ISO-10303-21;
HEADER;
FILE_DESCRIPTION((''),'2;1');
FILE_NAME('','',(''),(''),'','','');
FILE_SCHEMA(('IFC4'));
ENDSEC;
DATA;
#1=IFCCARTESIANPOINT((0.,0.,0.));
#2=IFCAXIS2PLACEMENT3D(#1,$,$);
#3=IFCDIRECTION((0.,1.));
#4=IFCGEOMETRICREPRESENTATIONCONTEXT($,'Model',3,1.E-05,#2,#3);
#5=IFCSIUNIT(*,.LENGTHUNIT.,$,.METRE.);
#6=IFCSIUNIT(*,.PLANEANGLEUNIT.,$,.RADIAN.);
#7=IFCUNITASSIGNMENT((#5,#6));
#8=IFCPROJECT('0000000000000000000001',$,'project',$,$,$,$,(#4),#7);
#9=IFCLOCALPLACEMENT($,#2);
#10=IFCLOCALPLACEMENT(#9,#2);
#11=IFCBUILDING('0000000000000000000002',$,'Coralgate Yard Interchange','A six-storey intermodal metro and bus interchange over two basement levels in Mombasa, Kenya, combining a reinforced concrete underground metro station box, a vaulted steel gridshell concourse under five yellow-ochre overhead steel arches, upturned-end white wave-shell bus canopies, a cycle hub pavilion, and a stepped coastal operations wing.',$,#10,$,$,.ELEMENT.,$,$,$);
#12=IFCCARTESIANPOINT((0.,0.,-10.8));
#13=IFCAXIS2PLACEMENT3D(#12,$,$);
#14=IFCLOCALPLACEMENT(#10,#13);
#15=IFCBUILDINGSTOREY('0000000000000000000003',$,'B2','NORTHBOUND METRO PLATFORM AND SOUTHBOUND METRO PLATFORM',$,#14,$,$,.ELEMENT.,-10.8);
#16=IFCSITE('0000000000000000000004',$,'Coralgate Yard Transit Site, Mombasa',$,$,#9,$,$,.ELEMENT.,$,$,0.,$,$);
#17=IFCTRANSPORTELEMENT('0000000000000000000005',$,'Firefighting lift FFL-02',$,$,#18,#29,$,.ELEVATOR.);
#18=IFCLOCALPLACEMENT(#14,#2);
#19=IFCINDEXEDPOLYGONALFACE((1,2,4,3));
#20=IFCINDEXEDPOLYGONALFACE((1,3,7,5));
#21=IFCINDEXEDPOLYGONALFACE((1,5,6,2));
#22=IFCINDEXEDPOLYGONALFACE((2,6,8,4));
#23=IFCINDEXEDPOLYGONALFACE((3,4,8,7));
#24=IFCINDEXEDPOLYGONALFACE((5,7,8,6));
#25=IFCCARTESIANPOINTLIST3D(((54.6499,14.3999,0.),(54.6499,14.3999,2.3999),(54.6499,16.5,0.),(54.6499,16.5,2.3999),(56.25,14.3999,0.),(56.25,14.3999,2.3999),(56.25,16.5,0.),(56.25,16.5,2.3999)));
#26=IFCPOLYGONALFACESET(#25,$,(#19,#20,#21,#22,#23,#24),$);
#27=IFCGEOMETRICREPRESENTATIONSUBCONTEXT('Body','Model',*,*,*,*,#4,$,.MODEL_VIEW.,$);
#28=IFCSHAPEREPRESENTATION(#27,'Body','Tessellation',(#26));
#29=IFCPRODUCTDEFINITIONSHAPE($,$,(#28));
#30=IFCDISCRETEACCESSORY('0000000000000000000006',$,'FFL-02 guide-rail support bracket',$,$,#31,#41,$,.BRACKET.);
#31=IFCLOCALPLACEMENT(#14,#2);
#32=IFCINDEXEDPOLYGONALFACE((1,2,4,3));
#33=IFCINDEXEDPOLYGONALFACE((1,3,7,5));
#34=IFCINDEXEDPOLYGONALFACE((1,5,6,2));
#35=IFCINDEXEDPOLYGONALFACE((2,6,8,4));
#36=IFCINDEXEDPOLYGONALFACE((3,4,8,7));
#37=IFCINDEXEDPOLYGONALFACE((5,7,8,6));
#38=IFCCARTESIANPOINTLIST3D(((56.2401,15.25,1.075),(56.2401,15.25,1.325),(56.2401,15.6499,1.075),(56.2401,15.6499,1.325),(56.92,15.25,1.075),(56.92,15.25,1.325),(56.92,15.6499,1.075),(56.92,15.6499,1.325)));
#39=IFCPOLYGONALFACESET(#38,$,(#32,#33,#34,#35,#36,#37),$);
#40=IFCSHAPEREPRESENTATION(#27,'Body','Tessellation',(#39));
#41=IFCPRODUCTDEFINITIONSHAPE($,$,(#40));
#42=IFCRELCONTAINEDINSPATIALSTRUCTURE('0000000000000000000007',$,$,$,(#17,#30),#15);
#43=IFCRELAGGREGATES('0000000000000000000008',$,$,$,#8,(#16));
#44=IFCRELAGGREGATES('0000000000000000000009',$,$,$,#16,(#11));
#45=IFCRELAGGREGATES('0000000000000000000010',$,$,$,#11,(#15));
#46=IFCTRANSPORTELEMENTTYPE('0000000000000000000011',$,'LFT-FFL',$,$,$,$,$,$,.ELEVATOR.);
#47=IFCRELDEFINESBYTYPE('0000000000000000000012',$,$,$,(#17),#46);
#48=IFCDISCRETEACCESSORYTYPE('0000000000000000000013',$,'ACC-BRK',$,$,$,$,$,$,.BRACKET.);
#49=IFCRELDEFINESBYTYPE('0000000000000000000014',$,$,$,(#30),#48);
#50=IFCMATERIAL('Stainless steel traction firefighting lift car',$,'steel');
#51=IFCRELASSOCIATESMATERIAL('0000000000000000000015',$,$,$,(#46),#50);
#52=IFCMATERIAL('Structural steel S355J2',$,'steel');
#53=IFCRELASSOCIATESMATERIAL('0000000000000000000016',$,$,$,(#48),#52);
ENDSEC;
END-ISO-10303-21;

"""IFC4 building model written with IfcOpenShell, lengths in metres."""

from ifc_helpers import new_model, si_unit, direction, frame, origin, origin_2d, place, context, subcontext, project, spatial, rectangle, extrude, material, type_object, element, save


model = new_model("IFC4")

# Units and contexts
model_context = context("Model", 3, precision=1e-05, world=origin(), true_north=direction((0.0, 1.0)))
body_context = subcontext(model_context, "Body", "Model", "MODEL_VIEW")
ifc_project = project(units=[si_unit("LENGTHUNIT", "METRE"), si_unit("PLANEANGLEUNIT", "RADIAN")], contexts=[model_context])

# Site, building, storey
site_placement = place(None, origin())
site = spatial("IfcSite", under=ifc_project, at=site_placement, Name="Coralgate Yard Transit Site, Mombasa", CompositionType="ELEMENT", RefElevation=0.0)
building_placement = place(site_placement, origin())
building = spatial("IfcBuilding", under=site, at=building_placement, Name="Coralgate Yard Interchange", Description="A six-storey intermodal metro and bus interchange over two basement levels in Mombasa, Kenya, combining a reinforced concrete underground metro station box, a vaulted steel gridshell concourse under five yellow-ochre overhead steel arches, upturned-end white wave-shell bus canopies, a cycle hub pavilion, and a stepped coastal operations wing.", CompositionType="ELEMENT")
storey_placement = place(building_placement, frame((0.0, 0.0, -10.8)))
storey = spatial("IfcBuildingStorey", under=building, at=storey_placement, Name="B2", Description="NORTHBOUND METRO PLATFORM AND SOUTHBOUND METRO PLATFORM", CompositionType="ELEMENT", Elevation=-10.8)

# Transport element
ifc_material_1 = material(Name="Stainless steel traction firefighting lift car", Category="steel")
transport_element_type = type_object("IfcTransportElementType", Name="LFT-FFL", PredefinedType="ELEVATOR", material=ifc_material_1)
transport_element_placement = place(storey_placement, frame((55.45, 15.45, 0.0), z_axis=(0.0, 0.0, 1.0), x_axis=(1.0, 0.0, 0.0)))
element("IfcTransportElement", 1, at=transport_element_placement, inside=storey, type_object=transport_element_type, Name="Firefighting lift FFL-02", PredefinedType="ELEVATOR", context=body_context, shape_type="SweptSolid", body=[
    extrude(rectangle(XDim=1.6001, YDim=2.1001, at=origin_2d()), origin(), (0.0, 0.0, 1.0), 2.3999),
])

# Discrete accessory
ifc_material_2 = material(Name="Structural steel S355J2", Category="steel")
discrete_accessory_type = type_object("IfcDiscreteAccessoryType", Name="ACC-BRK", PredefinedType="BRACKET", material=ifc_material_2)
discrete_accessory_placement = place(storey_placement, frame((56.5801, 15.45, 1.075), z_axis=(0.0, 0.0, 1.0), x_axis=(1.0, 0.0, 0.0)))
element("IfcDiscreteAccessory", 2, at=discrete_accessory_placement, inside=storey, type_object=discrete_accessory_type, Name="FFL-02 guide-rail support bracket", PredefinedType="BRACKET", context=body_context, shape_type="SweptSolid", body=[
    extrude(rectangle(XDim=0.6799, YDim=0.3999, at=origin_2d()), origin(), (0.0, 0.0, 1.0), 0.25),
])

save(model, "model.ifc")
